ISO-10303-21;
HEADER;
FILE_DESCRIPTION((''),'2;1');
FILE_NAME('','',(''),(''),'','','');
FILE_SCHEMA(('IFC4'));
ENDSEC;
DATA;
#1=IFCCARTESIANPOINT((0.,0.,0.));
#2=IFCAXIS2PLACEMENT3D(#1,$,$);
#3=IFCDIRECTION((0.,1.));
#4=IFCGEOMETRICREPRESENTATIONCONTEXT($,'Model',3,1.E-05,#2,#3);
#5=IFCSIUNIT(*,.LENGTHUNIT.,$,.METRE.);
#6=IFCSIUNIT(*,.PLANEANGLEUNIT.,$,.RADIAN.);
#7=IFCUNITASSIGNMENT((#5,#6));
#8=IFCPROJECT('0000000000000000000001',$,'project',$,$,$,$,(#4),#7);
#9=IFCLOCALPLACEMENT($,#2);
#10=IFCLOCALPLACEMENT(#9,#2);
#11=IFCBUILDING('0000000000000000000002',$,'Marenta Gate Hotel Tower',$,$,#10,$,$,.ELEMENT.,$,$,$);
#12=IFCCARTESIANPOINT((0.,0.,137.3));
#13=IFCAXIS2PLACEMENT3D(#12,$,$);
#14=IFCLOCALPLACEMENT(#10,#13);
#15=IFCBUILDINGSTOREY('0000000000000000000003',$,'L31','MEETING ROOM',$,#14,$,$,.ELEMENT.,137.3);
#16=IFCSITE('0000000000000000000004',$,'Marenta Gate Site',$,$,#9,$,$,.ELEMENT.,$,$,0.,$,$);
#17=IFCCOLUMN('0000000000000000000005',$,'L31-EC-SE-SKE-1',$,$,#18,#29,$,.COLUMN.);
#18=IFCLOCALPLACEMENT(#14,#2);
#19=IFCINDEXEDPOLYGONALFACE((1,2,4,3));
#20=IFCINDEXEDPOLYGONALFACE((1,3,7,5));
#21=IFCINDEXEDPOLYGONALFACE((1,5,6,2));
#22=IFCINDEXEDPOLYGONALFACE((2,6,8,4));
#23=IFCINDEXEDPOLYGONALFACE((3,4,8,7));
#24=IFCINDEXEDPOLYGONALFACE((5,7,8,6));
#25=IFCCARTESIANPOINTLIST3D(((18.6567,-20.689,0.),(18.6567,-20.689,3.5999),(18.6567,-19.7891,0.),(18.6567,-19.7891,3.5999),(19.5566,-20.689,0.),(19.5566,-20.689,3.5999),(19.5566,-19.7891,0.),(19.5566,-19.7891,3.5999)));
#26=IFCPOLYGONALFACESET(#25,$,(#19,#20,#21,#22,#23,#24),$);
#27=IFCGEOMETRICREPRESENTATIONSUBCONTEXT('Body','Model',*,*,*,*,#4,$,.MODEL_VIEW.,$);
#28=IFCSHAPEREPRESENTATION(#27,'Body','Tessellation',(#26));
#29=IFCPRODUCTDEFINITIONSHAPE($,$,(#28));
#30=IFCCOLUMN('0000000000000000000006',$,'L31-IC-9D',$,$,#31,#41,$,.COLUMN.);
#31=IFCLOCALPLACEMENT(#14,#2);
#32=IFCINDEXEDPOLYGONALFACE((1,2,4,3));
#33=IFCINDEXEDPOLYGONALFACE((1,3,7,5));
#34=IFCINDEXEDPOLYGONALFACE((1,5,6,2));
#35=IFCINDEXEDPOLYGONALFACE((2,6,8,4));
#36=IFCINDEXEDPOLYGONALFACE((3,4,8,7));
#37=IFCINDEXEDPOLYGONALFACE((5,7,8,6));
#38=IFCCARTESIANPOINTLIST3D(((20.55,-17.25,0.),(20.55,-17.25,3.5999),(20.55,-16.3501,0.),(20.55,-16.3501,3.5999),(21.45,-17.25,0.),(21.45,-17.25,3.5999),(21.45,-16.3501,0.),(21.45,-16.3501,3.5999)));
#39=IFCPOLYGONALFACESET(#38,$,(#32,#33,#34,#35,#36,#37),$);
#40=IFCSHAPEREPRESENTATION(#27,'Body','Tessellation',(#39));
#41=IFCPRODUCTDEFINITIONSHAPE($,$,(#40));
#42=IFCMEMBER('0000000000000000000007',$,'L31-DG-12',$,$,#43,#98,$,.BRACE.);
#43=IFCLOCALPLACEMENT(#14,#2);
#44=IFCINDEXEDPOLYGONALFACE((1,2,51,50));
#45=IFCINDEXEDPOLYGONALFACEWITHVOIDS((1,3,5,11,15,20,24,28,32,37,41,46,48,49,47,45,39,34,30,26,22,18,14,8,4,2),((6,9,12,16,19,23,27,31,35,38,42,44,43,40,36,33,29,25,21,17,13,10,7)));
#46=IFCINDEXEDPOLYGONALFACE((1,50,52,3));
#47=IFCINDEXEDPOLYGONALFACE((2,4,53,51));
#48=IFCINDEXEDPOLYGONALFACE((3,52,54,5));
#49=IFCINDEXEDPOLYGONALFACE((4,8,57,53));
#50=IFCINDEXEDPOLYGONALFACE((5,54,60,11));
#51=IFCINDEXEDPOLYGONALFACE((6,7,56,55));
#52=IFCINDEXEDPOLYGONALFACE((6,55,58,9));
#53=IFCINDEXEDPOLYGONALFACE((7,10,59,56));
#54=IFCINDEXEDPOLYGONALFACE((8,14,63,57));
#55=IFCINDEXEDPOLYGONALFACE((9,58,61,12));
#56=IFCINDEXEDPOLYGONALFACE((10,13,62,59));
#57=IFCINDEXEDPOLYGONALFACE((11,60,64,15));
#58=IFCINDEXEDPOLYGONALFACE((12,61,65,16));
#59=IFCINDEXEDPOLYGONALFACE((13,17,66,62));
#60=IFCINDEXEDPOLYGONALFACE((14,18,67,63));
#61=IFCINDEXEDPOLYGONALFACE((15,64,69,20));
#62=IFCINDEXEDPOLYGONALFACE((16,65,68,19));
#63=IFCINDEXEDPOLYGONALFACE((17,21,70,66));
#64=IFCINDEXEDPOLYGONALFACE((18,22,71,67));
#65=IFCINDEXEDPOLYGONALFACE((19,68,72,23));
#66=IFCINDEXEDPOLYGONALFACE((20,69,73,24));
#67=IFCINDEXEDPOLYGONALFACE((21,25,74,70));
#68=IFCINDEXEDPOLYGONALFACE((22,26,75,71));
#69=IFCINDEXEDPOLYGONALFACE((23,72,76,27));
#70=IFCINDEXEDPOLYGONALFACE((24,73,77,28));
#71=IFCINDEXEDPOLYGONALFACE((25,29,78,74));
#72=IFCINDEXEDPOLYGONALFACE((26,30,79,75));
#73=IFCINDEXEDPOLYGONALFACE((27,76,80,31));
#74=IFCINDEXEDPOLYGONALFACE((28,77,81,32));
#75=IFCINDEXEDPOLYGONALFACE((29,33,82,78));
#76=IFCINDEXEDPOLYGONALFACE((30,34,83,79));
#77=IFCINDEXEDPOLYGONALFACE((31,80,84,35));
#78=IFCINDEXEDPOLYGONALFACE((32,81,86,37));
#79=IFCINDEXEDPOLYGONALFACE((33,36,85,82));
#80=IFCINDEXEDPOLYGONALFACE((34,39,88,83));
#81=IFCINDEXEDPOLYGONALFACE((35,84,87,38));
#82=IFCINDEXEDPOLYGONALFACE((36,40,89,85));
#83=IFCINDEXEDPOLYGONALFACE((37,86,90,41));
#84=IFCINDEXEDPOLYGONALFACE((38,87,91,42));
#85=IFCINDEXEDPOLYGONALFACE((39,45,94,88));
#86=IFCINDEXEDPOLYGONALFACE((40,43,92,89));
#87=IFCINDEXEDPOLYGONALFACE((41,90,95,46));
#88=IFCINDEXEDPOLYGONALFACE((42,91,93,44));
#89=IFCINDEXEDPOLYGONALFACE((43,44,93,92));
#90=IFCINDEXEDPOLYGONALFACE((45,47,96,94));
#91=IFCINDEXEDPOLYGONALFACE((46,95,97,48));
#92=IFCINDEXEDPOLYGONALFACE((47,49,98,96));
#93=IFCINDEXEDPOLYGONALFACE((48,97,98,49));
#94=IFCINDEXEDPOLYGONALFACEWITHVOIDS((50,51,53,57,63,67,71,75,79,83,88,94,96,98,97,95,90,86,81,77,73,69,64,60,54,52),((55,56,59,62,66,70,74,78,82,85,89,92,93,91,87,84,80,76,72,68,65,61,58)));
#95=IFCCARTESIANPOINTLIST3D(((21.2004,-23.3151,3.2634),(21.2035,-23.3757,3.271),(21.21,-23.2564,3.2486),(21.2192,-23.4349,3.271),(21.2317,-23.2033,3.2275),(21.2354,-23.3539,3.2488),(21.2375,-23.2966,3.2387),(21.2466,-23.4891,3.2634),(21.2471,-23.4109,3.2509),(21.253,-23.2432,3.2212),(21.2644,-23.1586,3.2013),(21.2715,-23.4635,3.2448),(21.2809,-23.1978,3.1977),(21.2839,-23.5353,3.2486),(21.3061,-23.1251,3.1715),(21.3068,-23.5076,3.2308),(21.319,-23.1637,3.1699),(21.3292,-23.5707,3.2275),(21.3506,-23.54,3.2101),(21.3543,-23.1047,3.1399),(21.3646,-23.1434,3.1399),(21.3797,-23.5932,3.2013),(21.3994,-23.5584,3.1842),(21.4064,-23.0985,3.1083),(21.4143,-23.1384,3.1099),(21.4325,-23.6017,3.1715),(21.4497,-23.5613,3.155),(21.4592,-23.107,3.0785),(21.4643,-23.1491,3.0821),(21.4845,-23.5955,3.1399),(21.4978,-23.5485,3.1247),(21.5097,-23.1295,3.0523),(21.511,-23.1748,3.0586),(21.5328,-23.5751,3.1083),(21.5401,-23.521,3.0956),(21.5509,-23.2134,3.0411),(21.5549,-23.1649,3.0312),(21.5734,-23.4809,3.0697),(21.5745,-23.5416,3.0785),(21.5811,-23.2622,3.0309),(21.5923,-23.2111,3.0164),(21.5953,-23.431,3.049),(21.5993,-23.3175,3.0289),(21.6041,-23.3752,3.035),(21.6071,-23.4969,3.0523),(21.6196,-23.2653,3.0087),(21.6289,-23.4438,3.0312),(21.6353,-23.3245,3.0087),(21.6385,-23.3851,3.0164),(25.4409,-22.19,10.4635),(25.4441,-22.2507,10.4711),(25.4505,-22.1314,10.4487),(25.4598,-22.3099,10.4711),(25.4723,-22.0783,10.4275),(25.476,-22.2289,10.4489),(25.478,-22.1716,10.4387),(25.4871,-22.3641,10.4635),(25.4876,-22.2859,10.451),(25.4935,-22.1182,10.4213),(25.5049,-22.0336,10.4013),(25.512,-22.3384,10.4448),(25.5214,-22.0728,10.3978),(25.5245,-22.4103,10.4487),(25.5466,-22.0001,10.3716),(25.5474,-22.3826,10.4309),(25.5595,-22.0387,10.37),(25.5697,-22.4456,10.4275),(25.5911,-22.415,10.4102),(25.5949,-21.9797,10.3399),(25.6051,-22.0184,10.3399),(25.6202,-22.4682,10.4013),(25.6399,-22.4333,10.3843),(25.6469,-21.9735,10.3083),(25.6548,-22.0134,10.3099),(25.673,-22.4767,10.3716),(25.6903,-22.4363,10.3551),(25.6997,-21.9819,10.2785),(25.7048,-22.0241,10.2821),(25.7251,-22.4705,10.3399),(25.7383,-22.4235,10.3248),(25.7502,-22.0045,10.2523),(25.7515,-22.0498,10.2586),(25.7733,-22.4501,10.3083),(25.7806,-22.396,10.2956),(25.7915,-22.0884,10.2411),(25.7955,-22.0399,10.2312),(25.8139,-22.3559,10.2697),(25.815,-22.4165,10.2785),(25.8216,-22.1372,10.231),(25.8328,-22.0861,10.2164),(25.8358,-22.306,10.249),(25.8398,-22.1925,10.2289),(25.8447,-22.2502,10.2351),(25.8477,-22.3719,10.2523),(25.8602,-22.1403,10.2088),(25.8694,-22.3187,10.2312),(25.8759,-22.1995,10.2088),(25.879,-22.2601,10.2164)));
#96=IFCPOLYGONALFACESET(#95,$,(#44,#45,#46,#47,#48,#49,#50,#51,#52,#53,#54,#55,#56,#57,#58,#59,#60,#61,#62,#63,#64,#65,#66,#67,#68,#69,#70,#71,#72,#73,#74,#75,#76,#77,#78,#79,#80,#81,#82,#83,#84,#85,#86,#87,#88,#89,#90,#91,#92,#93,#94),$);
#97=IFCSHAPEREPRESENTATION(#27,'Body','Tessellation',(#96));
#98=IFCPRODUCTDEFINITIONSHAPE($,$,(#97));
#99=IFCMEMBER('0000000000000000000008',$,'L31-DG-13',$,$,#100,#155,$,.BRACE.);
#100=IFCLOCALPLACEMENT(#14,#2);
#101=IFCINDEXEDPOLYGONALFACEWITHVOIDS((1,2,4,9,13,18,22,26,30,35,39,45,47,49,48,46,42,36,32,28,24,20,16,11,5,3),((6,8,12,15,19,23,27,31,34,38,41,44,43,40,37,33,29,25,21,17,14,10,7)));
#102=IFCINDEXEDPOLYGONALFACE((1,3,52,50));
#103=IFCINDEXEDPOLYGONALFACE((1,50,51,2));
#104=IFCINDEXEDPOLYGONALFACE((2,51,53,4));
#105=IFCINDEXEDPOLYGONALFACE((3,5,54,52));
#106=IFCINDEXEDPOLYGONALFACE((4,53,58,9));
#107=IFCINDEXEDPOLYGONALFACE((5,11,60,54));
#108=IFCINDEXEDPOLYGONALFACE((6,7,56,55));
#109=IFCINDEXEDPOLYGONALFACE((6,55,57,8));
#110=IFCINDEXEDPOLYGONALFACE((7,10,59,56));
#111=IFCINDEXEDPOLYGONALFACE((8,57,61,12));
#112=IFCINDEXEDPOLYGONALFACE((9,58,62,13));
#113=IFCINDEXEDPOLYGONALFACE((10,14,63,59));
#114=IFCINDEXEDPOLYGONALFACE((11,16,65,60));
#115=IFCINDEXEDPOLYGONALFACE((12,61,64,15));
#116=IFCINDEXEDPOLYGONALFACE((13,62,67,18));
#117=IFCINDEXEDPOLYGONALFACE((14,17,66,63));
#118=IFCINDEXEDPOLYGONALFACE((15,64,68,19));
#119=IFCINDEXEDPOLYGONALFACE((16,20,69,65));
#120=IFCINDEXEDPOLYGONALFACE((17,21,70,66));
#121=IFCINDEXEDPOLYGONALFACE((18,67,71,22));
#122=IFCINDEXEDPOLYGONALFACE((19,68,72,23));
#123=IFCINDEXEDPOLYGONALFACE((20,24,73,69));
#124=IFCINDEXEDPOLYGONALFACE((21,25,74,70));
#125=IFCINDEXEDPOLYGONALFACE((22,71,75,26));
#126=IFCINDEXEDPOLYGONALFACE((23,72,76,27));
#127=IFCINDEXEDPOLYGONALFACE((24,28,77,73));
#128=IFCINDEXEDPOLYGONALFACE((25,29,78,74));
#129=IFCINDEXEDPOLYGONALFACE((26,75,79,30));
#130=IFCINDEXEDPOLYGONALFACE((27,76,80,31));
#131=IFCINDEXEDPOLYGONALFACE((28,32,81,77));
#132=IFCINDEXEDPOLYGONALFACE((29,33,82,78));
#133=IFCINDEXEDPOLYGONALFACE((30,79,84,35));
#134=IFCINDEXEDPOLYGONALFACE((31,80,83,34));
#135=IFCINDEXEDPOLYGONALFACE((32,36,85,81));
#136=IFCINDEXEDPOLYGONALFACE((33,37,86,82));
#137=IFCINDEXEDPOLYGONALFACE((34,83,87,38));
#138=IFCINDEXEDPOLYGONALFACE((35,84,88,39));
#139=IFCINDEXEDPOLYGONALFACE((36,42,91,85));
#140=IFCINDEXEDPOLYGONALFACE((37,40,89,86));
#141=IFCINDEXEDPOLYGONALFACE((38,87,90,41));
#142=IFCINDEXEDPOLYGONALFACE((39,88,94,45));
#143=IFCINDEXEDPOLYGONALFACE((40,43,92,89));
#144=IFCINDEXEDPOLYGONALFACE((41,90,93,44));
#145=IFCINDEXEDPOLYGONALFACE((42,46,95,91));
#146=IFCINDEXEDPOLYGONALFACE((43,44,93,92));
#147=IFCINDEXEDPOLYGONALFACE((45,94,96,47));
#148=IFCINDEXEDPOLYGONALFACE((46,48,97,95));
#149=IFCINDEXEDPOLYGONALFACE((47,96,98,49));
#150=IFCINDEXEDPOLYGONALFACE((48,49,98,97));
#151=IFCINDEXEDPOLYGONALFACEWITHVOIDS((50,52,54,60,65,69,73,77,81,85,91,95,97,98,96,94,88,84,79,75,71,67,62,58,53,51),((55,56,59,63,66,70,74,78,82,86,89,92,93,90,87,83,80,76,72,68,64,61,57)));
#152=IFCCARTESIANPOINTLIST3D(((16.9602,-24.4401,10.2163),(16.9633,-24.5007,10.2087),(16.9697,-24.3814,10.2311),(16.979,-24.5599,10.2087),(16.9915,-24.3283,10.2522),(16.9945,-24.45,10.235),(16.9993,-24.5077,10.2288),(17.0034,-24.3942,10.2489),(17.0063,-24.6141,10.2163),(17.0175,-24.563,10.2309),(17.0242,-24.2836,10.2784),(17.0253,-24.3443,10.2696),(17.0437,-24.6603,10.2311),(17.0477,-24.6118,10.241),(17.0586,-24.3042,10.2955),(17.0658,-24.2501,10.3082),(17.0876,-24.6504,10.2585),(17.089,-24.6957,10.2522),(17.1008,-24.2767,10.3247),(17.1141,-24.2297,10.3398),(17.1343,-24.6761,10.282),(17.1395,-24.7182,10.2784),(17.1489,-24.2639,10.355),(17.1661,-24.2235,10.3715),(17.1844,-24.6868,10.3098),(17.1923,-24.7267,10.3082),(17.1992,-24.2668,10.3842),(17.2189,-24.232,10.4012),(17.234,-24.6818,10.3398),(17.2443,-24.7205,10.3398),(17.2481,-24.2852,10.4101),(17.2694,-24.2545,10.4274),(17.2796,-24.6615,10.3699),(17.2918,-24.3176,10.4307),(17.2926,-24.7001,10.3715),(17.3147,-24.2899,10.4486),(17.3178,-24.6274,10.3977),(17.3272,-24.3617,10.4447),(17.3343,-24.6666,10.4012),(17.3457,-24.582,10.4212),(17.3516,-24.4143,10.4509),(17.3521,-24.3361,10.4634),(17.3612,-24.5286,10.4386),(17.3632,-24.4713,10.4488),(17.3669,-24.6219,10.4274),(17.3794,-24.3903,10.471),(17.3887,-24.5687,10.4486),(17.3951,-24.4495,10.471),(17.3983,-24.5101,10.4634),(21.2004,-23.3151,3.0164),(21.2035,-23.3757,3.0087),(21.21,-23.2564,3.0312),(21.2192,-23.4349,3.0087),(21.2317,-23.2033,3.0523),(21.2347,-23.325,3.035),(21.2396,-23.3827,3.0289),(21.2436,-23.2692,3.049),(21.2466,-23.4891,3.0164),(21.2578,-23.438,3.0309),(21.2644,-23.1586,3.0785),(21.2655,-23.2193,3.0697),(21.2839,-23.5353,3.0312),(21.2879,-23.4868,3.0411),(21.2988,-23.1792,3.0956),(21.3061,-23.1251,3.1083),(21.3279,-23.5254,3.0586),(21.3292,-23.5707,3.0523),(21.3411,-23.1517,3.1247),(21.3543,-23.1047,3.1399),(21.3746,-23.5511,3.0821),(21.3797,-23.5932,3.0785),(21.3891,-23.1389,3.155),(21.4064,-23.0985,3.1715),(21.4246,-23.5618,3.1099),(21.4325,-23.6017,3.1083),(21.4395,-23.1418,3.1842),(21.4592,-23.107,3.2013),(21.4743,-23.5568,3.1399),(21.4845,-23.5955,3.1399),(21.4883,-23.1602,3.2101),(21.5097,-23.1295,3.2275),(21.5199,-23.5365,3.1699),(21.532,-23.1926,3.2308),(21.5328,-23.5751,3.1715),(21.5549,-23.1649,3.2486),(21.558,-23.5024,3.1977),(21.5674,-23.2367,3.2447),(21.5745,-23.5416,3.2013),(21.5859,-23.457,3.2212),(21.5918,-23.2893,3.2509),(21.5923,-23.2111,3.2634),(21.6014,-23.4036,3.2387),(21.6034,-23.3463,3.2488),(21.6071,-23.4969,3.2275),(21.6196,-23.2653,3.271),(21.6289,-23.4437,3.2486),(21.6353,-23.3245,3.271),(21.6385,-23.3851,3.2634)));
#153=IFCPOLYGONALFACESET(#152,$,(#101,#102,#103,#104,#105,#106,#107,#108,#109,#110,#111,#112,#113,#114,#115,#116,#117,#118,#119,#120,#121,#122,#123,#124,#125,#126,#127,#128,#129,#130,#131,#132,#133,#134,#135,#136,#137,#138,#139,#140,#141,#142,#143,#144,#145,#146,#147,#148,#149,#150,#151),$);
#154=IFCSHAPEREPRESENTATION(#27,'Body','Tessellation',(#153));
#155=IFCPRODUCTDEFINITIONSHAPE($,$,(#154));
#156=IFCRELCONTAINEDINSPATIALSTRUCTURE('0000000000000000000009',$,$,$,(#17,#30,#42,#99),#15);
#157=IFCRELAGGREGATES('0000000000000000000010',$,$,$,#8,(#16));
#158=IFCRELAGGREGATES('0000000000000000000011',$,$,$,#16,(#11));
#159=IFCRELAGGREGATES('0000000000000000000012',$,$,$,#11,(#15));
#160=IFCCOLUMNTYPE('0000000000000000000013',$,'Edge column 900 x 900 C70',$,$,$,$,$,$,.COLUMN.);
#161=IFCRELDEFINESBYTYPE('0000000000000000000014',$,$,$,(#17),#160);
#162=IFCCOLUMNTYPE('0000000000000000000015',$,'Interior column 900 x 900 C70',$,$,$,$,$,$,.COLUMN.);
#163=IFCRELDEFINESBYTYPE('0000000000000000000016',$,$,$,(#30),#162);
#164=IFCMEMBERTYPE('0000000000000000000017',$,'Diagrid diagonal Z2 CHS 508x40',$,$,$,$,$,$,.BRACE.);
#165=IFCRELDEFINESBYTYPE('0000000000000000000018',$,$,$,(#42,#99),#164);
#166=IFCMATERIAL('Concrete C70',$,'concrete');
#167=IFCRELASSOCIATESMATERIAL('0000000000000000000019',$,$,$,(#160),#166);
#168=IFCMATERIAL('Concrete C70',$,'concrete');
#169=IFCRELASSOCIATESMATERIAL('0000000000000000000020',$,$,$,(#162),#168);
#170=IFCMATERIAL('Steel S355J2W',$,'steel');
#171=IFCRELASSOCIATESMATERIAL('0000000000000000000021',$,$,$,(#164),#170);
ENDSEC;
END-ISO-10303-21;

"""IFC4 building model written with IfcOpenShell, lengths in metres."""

from ifc_helpers import new_model, si_unit, direction, frame, origin, origin_2d, place, context, subcontext, project, spatial, rectangle, hollow_circle, extrude, material, material_profile, profile_set, type_object, element, save


model = new_model("IFC4")

# Units and contexts
model_context = context("Model", 3, precision=1e-05, world=origin(), true_north=direction((0.0, 1.0)))
body_context = subcontext(model_context, "Body", "Model", "MODEL_VIEW")
ifc_project = project(units=[si_unit("LENGTHUNIT", "METRE"), si_unit("PLANEANGLEUNIT", "RADIAN")], contexts=[model_context])

# Site, building, storey
site_placement = place(None, origin())
site = spatial("IfcSite", under=ifc_project, at=site_placement, Name="Marenta Gate Site", CompositionType="ELEMENT", RefElevation=0.0)
building_placement = place(site_placement, origin())
building = spatial("IfcBuilding", under=site, at=building_placement, Name="Marenta Gate Hotel Tower", CompositionType="ELEMENT")
storey_placement = place(building_placement, frame((0.0, 0.0, 137.3)))
storey = spatial("IfcBuildingStorey", under=building, at=storey_placement, Name="L31", Description="MEETING ROOM", CompositionType="ELEMENT", Elevation=137.3)

# Columns
ifc_material_1 = material(Name="Concrete C70", Category="concrete")
ifc_material_profile_1 = material_profile(ifc_material_1, rectangle(XDim=0.8999, YDim=0.8999, at=origin_2d()), Name="900 x 900")
ifc_profile_set_1 = profile_set([ifc_material_profile_1], Name="Concrete C70")
column_type_1 = type_object("IfcColumnType", Name="Edge column 900 x 900 C70", PredefinedType="COLUMN", material=ifc_profile_set_1)
column_1_placement = place(storey_placement, frame((19.1067, -20.239, 0.0), z_axis=(0.0, 0.0, 1.0), x_axis=(1.0, 0.0, 0.0)))
element("IfcColumn", 1, at=column_1_placement, inside=storey, type_object=column_type_1, Name="L31-EC-SE-SKE-1", PredefinedType="COLUMN", context=body_context, shape_type="SweptSolid", body=[
    extrude(rectangle(XDim=0.8999, YDim=0.8999, at=origin_2d()), origin(), (0.0, 0.0, 1.0), 3.5999),
])
ifc_material_2 = material(Name="Concrete C70", Category="concrete")
ifc_material_profile_2 = material_profile(ifc_material_2, rectangle(XDim=0.8999, YDim=0.8999, at=origin_2d()), Name="900 x 900")
ifc_profile_set_2 = profile_set([ifc_material_profile_2], Name="Concrete C70")
column_type_2 = type_object("IfcColumnType", Name="Interior column 900 x 900 C70", PredefinedType="COLUMN", material=ifc_profile_set_2)
column_2_placement = place(storey_placement, frame((21.0, -16.8, 0.0), z_axis=(0.0, 0.0, 1.0), x_axis=(1.0, 0.0, 0.0)))
element("IfcColumn", 2, at=column_2_placement, inside=storey, type_object=column_type_2, Name="L31-IC-9D", PredefinedType="COLUMN", context=body_context, shape_type="SweptSolid", body=[
    extrude(rectangle(XDim=0.8999, YDim=0.8999, at=origin_2d()), origin(), (0.0, 0.0, 1.0), 3.5999),
])

# Members
ifc_material_3 = material(Name="Steel S355J2W", Category="steel")
ifc_material_profile_3 = material_profile(ifc_material_3, hollow_circle(Radius=0.2539, WallThickness=0.04, at=origin_2d()), Name="CHS 508x40")
ifc_profile_set_3 = profile_set([ifc_material_profile_3], Name="Steel S355J2W")
member_type_1 = type_object("IfcMemberType", Name="Diagrid diagonal Z2 CHS 508x40", PredefinedType="BRACE", material=ifc_profile_set_3)
member_1_placement = place(storey_placement, frame((21.4194, -23.3501, 3.1399), z_axis=(0.502946, 0.133432, 0.853956), x_axis=(-0.256429, 0.966563, 0.0)))
element("IfcMember", 3, at=member_1_placement, inside=storey, type_object=member_type_1, Name="L31-DG-12", PredefinedType="BRACE", context=body_context, shape_type="SweptSolid", body=[
    extrude(hollow_circle(Radius=0.2539, WallThickness=0.04, at=origin_2d()), origin(), (0.0, 0.0, 1.0), 8.4314),
])
member_2_placement = place(storey_placement, frame((21.4194, -23.3501, 3.1399), z_axis=(-0.502924, -0.133434, 0.853969), x_axis=(0.256443, -0.966559, 0.0)))
element("IfcMember", 4, at=member_2_placement, inside=storey, type_object=member_type_1, Name="L31-DG-13", PredefinedType="BRACE", context=body_context, shape_type="SweptSolid", body=[
    extrude(hollow_circle(Radius=0.2539, WallThickness=0.04, at=origin_2d()), origin(), (0.0, 0.0, 1.0), 8.4312),
])

save(model, "model.ifc")
